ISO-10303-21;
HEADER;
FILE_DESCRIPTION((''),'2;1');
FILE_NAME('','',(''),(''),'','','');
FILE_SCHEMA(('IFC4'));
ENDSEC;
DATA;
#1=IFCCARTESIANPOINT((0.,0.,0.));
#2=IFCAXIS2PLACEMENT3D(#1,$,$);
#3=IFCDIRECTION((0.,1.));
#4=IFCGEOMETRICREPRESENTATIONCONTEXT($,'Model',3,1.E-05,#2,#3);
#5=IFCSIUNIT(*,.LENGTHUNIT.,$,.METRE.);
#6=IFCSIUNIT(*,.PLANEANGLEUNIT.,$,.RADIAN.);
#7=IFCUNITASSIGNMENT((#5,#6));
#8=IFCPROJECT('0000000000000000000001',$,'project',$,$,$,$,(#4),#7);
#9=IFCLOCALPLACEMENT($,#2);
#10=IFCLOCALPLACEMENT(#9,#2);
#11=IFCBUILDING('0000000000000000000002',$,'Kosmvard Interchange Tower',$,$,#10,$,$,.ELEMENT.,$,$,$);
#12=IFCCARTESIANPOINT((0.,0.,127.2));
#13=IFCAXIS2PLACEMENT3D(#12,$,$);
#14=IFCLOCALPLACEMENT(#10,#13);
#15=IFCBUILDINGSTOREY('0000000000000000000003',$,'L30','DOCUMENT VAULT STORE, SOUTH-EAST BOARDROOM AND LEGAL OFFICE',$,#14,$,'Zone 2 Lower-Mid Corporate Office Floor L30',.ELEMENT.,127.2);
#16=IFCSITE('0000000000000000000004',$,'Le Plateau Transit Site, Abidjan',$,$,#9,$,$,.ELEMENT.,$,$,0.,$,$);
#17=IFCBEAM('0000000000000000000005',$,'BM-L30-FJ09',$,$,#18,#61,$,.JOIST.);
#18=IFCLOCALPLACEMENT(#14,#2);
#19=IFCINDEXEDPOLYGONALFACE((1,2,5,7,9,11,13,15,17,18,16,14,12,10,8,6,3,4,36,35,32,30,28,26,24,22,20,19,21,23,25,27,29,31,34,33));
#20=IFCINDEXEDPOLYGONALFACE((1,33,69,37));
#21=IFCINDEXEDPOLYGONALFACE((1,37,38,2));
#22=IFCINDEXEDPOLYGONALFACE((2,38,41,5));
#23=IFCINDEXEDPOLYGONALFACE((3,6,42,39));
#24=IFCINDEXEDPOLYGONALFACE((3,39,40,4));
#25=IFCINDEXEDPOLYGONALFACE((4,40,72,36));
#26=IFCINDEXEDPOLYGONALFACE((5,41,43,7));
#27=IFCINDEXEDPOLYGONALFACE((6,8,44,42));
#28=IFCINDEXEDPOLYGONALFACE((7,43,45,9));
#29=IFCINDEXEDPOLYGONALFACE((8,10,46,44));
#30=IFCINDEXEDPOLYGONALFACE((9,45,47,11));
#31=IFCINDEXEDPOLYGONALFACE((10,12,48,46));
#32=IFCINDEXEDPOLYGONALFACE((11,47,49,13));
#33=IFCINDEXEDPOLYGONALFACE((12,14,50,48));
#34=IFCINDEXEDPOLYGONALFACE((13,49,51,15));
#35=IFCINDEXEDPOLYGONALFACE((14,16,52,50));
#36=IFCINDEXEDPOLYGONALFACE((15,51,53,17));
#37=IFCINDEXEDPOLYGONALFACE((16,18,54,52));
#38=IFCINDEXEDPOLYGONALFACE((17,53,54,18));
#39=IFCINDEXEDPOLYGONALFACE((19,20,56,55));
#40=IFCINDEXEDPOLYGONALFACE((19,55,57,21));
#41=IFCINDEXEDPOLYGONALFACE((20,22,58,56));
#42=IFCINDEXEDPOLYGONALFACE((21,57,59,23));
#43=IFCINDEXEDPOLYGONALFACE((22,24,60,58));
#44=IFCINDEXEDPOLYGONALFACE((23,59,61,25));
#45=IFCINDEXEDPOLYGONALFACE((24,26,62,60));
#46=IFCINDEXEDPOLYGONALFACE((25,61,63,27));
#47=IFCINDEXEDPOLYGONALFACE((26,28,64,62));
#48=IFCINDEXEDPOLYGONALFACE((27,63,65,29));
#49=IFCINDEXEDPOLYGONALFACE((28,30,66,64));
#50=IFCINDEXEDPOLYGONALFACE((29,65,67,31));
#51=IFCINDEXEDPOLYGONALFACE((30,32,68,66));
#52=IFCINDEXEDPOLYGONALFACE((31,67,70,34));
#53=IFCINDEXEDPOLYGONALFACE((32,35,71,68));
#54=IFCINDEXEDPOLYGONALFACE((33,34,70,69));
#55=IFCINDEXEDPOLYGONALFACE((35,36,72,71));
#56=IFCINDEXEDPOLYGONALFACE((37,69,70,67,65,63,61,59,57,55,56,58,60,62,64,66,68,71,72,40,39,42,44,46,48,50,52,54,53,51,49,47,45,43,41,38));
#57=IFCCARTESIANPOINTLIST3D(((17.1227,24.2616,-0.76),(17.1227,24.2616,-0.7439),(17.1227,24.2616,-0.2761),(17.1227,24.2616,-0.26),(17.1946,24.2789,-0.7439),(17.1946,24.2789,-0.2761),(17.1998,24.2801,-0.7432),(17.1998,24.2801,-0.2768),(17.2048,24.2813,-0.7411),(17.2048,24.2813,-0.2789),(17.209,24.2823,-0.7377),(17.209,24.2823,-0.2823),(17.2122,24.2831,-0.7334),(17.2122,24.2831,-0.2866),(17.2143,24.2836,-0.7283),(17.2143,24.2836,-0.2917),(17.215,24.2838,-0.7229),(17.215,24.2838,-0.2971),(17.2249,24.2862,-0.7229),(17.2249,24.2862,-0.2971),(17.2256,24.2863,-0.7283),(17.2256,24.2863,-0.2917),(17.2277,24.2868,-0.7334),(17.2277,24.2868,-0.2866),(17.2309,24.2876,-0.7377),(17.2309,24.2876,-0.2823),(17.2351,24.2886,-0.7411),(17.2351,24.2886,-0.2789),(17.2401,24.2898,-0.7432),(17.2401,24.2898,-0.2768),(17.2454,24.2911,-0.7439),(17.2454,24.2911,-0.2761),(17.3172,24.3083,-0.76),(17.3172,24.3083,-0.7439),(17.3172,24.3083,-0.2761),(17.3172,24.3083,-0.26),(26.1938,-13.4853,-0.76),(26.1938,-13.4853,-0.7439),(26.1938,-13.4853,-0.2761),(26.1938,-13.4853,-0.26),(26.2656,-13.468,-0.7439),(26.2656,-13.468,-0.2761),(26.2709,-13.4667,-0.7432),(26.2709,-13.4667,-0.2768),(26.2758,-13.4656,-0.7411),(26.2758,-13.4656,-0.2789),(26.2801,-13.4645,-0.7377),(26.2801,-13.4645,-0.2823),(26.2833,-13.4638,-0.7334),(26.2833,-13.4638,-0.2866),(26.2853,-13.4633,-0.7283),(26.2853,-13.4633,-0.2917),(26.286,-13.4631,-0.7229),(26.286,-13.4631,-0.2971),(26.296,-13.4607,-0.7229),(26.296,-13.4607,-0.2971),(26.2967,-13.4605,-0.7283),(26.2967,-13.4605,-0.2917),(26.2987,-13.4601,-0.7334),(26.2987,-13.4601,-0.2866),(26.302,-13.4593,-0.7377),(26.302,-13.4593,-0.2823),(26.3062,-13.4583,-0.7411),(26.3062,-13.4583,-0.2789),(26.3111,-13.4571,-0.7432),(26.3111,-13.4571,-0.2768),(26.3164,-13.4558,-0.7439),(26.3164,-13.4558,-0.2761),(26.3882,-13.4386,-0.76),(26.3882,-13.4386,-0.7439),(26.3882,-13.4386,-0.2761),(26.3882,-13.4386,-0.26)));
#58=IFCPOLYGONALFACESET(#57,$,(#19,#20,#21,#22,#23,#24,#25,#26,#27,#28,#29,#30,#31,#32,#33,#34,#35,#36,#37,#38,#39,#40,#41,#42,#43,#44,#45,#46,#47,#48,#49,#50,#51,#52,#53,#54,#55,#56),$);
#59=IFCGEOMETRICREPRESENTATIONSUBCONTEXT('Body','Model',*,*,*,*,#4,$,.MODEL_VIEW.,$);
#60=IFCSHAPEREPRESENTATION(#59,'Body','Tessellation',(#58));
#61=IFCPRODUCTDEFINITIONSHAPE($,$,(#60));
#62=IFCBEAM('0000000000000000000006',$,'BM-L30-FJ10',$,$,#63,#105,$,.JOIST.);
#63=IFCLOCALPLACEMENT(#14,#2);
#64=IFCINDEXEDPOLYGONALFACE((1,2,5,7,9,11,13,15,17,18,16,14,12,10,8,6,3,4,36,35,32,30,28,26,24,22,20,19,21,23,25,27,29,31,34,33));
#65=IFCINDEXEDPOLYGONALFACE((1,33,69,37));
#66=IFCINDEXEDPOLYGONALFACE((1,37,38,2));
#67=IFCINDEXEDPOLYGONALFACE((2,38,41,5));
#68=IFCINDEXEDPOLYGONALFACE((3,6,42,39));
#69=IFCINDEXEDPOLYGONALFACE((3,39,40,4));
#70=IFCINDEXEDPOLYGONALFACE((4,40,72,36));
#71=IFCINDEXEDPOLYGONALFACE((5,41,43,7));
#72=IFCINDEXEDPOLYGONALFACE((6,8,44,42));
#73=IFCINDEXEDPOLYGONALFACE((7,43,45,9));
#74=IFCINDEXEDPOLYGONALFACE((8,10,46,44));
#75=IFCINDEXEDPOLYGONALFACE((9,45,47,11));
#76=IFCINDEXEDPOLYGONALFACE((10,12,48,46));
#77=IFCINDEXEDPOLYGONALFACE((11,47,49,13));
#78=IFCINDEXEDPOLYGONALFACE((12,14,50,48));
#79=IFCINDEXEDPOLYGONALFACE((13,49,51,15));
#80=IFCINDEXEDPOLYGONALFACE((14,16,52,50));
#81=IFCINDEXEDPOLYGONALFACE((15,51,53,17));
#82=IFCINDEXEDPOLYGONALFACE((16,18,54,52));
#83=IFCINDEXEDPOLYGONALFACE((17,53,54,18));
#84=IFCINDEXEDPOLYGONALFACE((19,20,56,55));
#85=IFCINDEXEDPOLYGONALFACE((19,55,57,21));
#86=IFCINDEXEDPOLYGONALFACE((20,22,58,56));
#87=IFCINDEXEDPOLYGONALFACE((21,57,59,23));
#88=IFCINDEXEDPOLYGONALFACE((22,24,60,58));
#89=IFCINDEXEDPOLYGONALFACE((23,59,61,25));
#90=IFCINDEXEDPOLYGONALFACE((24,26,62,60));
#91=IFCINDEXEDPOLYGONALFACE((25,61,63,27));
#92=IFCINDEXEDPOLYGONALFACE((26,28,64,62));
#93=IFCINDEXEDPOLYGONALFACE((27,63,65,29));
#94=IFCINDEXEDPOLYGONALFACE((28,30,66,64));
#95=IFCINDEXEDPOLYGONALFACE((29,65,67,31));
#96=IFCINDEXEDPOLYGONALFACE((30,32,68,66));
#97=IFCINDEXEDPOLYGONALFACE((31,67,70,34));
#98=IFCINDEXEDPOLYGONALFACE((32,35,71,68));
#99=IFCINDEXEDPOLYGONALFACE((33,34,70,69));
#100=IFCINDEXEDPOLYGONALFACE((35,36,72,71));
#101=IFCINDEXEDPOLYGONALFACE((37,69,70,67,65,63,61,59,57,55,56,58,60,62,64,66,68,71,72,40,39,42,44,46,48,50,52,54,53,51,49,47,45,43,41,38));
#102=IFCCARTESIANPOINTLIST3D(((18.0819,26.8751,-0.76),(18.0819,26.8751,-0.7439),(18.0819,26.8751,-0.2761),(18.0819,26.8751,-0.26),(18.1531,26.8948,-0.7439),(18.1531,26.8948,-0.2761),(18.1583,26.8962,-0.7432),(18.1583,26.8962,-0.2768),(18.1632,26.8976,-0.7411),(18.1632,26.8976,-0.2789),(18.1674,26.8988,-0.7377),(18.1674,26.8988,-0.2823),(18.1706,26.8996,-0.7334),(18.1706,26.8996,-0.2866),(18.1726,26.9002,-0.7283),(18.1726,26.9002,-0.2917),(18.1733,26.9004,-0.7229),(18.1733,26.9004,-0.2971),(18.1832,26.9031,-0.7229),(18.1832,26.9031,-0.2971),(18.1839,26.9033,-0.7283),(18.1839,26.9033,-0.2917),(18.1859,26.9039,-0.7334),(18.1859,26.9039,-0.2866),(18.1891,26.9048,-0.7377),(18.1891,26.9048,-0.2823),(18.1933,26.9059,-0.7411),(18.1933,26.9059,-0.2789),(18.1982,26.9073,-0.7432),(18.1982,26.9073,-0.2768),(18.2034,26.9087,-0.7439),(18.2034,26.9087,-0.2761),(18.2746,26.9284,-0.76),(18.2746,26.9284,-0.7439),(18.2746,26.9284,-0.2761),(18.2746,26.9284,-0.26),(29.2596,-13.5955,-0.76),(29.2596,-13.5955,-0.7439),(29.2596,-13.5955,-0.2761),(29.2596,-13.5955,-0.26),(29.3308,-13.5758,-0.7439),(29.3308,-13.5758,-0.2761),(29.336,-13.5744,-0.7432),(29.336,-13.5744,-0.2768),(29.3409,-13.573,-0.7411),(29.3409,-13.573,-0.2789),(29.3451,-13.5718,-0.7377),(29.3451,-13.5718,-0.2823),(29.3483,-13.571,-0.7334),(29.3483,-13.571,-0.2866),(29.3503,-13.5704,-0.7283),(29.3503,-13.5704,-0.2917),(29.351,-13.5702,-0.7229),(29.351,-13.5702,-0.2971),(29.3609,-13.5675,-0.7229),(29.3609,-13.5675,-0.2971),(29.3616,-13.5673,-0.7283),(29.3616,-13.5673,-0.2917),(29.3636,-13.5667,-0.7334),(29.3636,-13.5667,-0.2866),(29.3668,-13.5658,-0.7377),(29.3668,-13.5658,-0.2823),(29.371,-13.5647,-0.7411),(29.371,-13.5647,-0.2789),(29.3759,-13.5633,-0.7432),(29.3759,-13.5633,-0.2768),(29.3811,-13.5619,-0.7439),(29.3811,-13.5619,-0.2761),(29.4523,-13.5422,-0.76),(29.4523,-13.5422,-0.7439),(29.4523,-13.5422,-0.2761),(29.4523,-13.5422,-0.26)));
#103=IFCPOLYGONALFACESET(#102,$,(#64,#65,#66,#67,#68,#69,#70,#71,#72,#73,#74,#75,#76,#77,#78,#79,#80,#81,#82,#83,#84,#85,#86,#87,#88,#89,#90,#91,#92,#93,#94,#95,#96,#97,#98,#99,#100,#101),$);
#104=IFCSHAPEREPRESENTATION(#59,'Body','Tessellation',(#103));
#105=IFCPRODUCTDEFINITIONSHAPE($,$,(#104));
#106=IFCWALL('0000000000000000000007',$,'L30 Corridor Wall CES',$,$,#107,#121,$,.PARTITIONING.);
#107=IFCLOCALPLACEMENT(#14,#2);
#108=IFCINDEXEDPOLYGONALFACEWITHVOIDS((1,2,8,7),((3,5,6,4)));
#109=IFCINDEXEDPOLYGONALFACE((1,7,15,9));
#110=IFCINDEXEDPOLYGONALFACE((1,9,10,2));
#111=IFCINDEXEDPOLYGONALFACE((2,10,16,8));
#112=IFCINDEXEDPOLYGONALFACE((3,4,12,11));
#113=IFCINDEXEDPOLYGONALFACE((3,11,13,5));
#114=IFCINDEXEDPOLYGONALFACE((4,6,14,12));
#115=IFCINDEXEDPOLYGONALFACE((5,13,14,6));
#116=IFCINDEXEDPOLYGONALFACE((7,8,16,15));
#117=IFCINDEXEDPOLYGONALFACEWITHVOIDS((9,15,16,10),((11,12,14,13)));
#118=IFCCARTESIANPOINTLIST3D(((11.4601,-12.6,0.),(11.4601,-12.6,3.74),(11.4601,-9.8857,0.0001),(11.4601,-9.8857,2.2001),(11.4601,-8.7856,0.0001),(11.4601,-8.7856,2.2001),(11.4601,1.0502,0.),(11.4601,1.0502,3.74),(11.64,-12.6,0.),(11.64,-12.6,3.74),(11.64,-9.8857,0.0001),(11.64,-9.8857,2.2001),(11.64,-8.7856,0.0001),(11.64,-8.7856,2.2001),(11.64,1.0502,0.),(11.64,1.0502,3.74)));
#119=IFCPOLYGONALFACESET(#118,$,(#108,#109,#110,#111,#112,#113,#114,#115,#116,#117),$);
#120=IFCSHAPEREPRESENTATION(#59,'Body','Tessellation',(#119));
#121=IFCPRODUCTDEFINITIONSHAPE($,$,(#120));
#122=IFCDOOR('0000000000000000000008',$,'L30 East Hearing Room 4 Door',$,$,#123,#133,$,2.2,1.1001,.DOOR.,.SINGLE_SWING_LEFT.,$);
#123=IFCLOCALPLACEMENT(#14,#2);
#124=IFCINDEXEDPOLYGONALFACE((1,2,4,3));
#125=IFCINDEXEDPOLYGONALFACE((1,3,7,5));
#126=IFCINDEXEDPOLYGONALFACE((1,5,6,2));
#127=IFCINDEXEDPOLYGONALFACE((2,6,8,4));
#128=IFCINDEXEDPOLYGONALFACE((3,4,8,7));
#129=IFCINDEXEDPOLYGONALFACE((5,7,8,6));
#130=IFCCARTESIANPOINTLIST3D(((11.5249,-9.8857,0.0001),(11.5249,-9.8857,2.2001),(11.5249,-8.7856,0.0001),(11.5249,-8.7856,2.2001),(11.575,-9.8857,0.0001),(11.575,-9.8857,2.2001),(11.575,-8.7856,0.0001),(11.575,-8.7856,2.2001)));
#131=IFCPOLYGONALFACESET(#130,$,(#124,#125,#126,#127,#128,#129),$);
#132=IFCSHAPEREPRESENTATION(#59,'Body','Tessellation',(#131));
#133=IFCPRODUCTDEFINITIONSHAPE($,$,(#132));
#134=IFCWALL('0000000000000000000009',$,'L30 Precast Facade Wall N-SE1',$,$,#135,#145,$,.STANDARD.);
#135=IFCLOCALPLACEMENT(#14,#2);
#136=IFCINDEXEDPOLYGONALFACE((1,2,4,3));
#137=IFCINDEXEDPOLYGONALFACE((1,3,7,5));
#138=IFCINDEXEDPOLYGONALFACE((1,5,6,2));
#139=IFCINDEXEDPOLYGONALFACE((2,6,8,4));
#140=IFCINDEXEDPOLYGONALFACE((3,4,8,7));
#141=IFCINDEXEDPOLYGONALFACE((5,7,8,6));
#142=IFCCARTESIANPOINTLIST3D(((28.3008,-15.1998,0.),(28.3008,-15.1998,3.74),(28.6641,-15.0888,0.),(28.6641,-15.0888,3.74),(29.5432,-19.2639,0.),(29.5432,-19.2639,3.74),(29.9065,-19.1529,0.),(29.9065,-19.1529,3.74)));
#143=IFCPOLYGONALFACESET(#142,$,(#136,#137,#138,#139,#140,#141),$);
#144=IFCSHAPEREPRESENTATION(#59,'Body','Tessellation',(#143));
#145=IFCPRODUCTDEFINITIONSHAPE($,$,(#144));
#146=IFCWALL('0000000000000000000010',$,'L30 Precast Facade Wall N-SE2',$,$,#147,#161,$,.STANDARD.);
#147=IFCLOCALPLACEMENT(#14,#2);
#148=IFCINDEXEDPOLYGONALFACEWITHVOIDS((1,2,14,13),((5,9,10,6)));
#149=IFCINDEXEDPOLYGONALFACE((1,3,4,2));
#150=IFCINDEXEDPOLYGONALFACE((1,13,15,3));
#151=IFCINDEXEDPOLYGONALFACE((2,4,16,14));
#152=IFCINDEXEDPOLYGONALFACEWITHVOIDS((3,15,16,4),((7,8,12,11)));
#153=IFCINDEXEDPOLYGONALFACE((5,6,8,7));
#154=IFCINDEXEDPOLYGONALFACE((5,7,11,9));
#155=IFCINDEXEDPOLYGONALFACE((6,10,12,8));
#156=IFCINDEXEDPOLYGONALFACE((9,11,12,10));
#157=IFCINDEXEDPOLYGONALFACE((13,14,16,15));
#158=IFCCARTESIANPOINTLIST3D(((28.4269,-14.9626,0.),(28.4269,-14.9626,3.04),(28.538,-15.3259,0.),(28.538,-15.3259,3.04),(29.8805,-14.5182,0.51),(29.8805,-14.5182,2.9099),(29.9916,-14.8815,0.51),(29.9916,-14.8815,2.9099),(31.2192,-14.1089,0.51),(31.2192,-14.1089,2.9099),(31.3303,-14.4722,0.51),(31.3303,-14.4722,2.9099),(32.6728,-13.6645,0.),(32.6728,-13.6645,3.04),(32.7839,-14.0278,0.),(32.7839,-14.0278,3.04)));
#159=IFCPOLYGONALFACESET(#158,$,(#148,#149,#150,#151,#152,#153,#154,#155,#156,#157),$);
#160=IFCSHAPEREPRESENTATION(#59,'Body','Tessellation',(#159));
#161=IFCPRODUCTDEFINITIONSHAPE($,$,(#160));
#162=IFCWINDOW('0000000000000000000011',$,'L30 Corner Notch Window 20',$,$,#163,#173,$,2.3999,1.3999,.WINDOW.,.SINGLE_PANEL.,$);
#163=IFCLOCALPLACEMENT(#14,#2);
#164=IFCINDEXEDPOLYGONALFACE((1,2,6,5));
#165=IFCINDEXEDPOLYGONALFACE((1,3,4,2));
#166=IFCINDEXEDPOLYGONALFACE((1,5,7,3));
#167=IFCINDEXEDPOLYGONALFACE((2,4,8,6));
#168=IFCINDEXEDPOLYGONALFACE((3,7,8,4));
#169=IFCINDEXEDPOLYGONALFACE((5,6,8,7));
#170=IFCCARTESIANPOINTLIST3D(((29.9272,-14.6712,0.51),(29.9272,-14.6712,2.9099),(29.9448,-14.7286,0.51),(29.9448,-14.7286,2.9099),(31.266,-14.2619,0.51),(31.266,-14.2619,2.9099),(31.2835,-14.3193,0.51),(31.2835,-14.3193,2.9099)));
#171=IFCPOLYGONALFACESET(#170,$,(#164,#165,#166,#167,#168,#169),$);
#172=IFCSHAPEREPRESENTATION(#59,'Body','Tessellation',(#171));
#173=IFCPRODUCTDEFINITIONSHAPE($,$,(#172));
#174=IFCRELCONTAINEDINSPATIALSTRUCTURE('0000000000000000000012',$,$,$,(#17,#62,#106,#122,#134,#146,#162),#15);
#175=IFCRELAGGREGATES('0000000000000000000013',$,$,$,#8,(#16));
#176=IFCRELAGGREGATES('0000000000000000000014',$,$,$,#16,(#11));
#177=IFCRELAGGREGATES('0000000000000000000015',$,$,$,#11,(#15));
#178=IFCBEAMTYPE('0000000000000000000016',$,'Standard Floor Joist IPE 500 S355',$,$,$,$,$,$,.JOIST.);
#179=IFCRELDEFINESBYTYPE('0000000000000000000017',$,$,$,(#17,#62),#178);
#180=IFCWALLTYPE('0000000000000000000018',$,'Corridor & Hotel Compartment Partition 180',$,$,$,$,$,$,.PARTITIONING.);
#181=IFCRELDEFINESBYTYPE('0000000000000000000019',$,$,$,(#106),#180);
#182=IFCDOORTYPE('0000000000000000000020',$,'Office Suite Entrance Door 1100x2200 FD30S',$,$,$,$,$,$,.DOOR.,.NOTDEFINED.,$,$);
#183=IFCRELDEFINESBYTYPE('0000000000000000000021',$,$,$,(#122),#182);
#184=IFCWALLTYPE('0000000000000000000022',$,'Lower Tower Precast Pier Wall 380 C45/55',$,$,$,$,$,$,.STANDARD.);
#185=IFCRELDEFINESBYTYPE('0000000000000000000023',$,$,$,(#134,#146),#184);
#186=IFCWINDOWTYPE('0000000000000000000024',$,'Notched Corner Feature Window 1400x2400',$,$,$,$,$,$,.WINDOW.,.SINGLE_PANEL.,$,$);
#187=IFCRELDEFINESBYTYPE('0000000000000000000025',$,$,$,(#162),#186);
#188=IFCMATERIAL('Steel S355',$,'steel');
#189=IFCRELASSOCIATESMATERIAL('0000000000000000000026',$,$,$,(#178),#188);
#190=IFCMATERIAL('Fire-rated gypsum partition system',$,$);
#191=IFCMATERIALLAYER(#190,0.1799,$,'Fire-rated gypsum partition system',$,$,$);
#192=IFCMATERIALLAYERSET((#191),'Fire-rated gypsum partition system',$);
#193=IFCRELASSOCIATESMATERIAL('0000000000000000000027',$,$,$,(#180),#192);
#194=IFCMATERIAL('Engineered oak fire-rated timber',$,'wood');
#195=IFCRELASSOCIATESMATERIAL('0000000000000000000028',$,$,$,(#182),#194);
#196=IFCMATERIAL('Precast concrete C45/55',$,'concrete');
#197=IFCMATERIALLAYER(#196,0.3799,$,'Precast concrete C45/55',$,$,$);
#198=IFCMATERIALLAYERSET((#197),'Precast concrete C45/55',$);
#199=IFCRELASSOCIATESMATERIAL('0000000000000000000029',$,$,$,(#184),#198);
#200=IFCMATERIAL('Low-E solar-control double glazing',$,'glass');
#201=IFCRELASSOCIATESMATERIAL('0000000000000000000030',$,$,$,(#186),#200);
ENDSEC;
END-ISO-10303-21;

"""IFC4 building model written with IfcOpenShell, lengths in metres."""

from ifc_helpers import new_model, si_unit, direction, frame, frame_2d, origin, origin_2d, place, context, subcontext, project, spatial, rectangle, i_section, extrude, source, transform, mapped, material, layer, layer_set, material_profile, profile_set, type_object, element, fill, save


model = new_model("IFC4")

# Units and contexts
model_context = context("Model", 3, precision=1e-05, world=origin(), true_north=direction((0.0, 1.0)))
body_context = subcontext(model_context, "Body", "Model", "MODEL_VIEW")
ifc_project = project(units=[si_unit("LENGTHUNIT", "METRE"), si_unit("PLANEANGLEUNIT", "RADIAN")], contexts=[model_context])

# Site, building, storey
site_placement = place(None, origin())
site = spatial("IfcSite", under=ifc_project, at=site_placement, Name="Le Plateau Transit Site, Abidjan", CompositionType="ELEMENT", RefElevation=0.0)
building_placement = place(site_placement, origin())
building = spatial("IfcBuilding", under=site, at=building_placement, Name="Kosmvard Interchange Tower", CompositionType="ELEMENT")
storey_placement = place(building_placement, frame((0.0, 0.0, 127.2)))
storey = spatial("IfcBuildingStorey", under=building, at=storey_placement, Name="L30", Description="DOCUMENT VAULT STORE, SOUTH-EAST BOARDROOM AND LEGAL OFFICE", LongName="Zone 2 Lower-Mid Corporate Office Floor L30", CompositionType="ELEMENT", Elevation=127.2)

# Beams
ifc_material_1 = material(Name="Steel S355", Category="steel")
ifc_material_2 = material(Name="Precast concrete C45/55", Category="concrete")
ifc_material_profile_1 = material_profile(ifc_material_1, i_section(OverallWidth=0.2, OverallDepth=0.5, WebThickness=0.0103, FlangeThickness=0.0161, FilletRadius=0.021, at=origin_2d()), Name="IPE 500")
ifc_profile_set_1 = profile_set([ifc_material_profile_1], Name="Steel S355")
beam_type_1 = type_object("IfcBeamType", Name="Standard Floor Joist IPE 500 S355", PredefinedType="JOIST", material=ifc_profile_set_1)
shared_shape_1 = source(origin(), body_context, "Body", "SweptSolid", [
    extrude(i_section(OverallWidth=0.2, OverallDepth=0.5, WebThickness=0.0103, FlangeThickness=0.0161, FilletRadius=0.021, at=origin_2d()), origin(), (0.0, 0.0, 1.0), 38.8215),
])
beam_1_placement = place(storey_placement, frame((26.291, -13.4619, -0.51), z_axis=(-0.233661, 0.972318, 0.0), x_axis=(-0.972318, -0.233661, 0.0)))
element("IfcBeam", 1, at=beam_1_placement, inside=storey, type_object=beam_type_1, Name="BM-L30-FJ09", PredefinedType="JOIST", context=body_context, shape_type="MappedRepresentation", body=[
    mapped(shared_shape_1, transform((0.0, 0.0, 0.0), scale=1.0)),
])
shared_shape_2 = source(origin(), body_context, "Body", "SweptSolid", [
    extrude(i_section(OverallWidth=0.2, OverallDepth=0.5, WebThickness=0.0103, FlangeThickness=0.0161, FilletRadius=0.021, at=origin_2d()), origin(), (0.0, 0.0, 1.0), 41.9858),
])
beam_2_placement = place(storey_placement, frame((29.356, -13.5688, -0.51), z_axis=(-0.266226, 0.963911, 0.0), x_axis=(-0.963911, -0.266226, 0.0)))
element("IfcBeam", 2, at=beam_2_placement, inside=storey, type_object=beam_type_1, Name="BM-L30-FJ10", PredefinedType="JOIST", context=body_context, shape_type="MappedRepresentation", body=[
    mapped(shared_shape_2, transform((0.0, 0.0, 0.0), scale=1.0)),
])

# Wall, opening, door
ifc_material_3 = material(Name="Fire-rated gypsum partition system")
ifc_layer_1 = layer(ifc_material_3, 0.1799, Name="Fire-rated gypsum partition system")
ifc_layer_set_1 = layer_set([ifc_layer_1], Name="Fire-rated gypsum partition system")
wall_type_1 = type_object("IfcWallType", Name="Corridor & Hotel Compartment Partition 180", PredefinedType="PARTITIONING", material=ifc_layer_set_1)
wall_1_placement = place(storey_placement, frame((11.55, -12.6001, 0.0), z_axis=(0.0, 0.0, 1.0), x_axis=(0.0, 1.0, 0.0)))
wall_1 = element("IfcWall", 3, at=wall_1_placement, inside=storey, type_object=wall_type_1, Name="L30 Corridor Wall CES", PredefinedType="PARTITIONING", context=body_context, shape_type="SweptSolid", body=[
    extrude(rectangle(XDim=13.6501, YDim=0.1799, at=frame_2d((6.8252, 0.0))), origin(), (0.0, 0.0, 1.0), 3.74),
])
opening_1_placement = place(wall_1_placement, frame((2.7144, 0.0, 0.0)))
opening_1 = element("IfcOpeningElement", 4, at=opening_1_placement, cuts=wall_1, PredefinedType="OPENING", context=body_context, shape_type="SweptSolid", body=[
    extrude(rectangle(XDim=1.1001, YDim=2.2, at=frame_2d((0.55, 1.1001))), frame((0.0, 0.1001, 0.0), z_axis=(0.0, -1.0, 0.0), x_axis=(1.0, 0.0, 0.0)), (0.0, 0.0, 1.0), 0.2),
])
ifc_material_4 = material(Name="Engineered oak fire-rated timber", Category="wood")
door_type_1 = type_object("IfcDoorType", Name="Office Suite Entrance Door 1100x2200 FD30S", OperationType="NOTDEFINED", PredefinedType="DOOR", material=ifc_material_4)
shared_shape_3 = source(origin(), body_context, "Body", "SweptSolid", [
    extrude(rectangle(XDim=1.1001, YDim=2.2, at=frame_2d((0.55, 1.1001))), frame((0.0, 0.0249, 0.0), z_axis=(0.0, -1.0, 0.0), x_axis=(1.0, 0.0, 0.0)), (0.0, 0.0, 1.0), 0.05),
])
door_1_placement = place(opening_1_placement, frame((1.1001, 0.0, 0.0), z_axis=(0.0, 0.0, 1.0), x_axis=(-1.0, 0.0, 0.0)))
door_1 = element("IfcDoor", 5, at=door_1_placement, inside=storey, type_object=door_type_1, Name="L30 East Hearing Room 4 Door", OperationType="SINGLE_SWING_LEFT", OverallHeight=2.2, OverallWidth=1.1001, PredefinedType="DOOR", context=body_context, shape_type="MappedRepresentation", body=[
    mapped(shared_shape_3, transform((0.0, 0.0, 0.0), scale=1.0)),
])
fill(opening_1, door_1)

# Wall
ifc_layer_2 = layer(ifc_material_2, 0.3799, Name="Precast concrete C45/55")
ifc_layer_set_2 = layer_set([ifc_layer_2], Name="Precast concrete C45/55")
wall_type_2 = type_object("IfcWallType", Name="Lower Tower Precast Pier Wall 380 C45/55", PredefinedType="STANDARD", material=ifc_layer_set_2)
wall_2_placement = place(storey_placement, frame((29.7249, -19.2085, 0.0), z_axis=(0.0, 0.0, 1.0), x_axis=(-0.292346, 0.956313, 0.0)))
element("IfcWall", 6, at=wall_2_placement, inside=storey, type_object=wall_type_2, Name="L30 Precast Facade Wall N-SE1", PredefinedType="STANDARD", context=body_context, shape_type="SweptSolid", body=[
    extrude(rectangle(XDim=4.2498, YDim=0.3799, at=frame_2d((2.125, 0.0))), origin(), (0.0, 0.0, 1.0), 3.74),
])

# Wall, opening, window
wall_3_placement = place(storey_placement, frame((28.4824, -15.1443, 0.0), z_axis=(0.0, 0.0, 1.0), x_axis=(0.956304, 0.292374, 0.0)))
wall_3 = element("IfcWall", 7, at=wall_3_placement, inside=storey, type_object=wall_type_2, Name="L30 Precast Facade Wall N-SE2", PredefinedType="STANDARD", context=body_context, shape_type="SweptSolid", body=[
    extrude(rectangle(XDim=4.4399, YDim=0.3799, at=frame_2d((2.22, 0.0))), origin(), (0.0, 0.0, 1.0), 3.04),
])
opening_2_placement = place(wall_3_placement, frame((1.52, 0.0, 0.51)))
opening_2 = element("IfcOpeningElement", 8, at=opening_2_placement, cuts=wall_3, PredefinedType="OPENING", context=body_context, shape_type="SweptSolid", body=[
    extrude(rectangle(XDim=1.3999, YDim=2.3999, at=frame_2d((0.7, 1.2))), frame((0.0, 0.2, 0.0), z_axis=(0.0, -1.0, 0.0), x_axis=(1.0, 0.0, 0.0)), (0.0, 0.0, 1.0), 0.3999),
])
ifc_material_5 = material(Name="Low-E solar-control double glazing", Category="glass")
window_type_1 = type_object("IfcWindowType", Name="Notched Corner Feature Window 1400x2400", PartitioningType="SINGLE_PANEL", PredefinedType="WINDOW", material=ifc_material_5)
shared_shape_4 = source(origin(), body_context, "Body", "SweptSolid", [
    extrude(rectangle(XDim=1.3999, YDim=2.3999, at=frame_2d((0.7, 1.2))), frame((0.0, 0.03, 0.0), z_axis=(0.0, -1.0, 0.0), x_axis=(1.0, 0.0, 0.0)), (0.0, 0.0, 1.0), 0.0601),
])
window_1_placement = place(opening_2_placement, origin())
window_1 = element("IfcWindow", 9, at=window_1_placement, inside=storey, type_object=window_type_1, Name="L30 Corner Notch Window 20", OverallHeight=2.3999, OverallWidth=1.3999, PartitioningType="SINGLE_PANEL", PredefinedType="WINDOW", context=body_context, shape_type="MappedRepresentation", body=[
    mapped(shared_shape_4, transform((0.0, 0.0, 0.0), scale=1.0)),
])
fill(opening_2, window_1)

save(model, "model.ifc")
